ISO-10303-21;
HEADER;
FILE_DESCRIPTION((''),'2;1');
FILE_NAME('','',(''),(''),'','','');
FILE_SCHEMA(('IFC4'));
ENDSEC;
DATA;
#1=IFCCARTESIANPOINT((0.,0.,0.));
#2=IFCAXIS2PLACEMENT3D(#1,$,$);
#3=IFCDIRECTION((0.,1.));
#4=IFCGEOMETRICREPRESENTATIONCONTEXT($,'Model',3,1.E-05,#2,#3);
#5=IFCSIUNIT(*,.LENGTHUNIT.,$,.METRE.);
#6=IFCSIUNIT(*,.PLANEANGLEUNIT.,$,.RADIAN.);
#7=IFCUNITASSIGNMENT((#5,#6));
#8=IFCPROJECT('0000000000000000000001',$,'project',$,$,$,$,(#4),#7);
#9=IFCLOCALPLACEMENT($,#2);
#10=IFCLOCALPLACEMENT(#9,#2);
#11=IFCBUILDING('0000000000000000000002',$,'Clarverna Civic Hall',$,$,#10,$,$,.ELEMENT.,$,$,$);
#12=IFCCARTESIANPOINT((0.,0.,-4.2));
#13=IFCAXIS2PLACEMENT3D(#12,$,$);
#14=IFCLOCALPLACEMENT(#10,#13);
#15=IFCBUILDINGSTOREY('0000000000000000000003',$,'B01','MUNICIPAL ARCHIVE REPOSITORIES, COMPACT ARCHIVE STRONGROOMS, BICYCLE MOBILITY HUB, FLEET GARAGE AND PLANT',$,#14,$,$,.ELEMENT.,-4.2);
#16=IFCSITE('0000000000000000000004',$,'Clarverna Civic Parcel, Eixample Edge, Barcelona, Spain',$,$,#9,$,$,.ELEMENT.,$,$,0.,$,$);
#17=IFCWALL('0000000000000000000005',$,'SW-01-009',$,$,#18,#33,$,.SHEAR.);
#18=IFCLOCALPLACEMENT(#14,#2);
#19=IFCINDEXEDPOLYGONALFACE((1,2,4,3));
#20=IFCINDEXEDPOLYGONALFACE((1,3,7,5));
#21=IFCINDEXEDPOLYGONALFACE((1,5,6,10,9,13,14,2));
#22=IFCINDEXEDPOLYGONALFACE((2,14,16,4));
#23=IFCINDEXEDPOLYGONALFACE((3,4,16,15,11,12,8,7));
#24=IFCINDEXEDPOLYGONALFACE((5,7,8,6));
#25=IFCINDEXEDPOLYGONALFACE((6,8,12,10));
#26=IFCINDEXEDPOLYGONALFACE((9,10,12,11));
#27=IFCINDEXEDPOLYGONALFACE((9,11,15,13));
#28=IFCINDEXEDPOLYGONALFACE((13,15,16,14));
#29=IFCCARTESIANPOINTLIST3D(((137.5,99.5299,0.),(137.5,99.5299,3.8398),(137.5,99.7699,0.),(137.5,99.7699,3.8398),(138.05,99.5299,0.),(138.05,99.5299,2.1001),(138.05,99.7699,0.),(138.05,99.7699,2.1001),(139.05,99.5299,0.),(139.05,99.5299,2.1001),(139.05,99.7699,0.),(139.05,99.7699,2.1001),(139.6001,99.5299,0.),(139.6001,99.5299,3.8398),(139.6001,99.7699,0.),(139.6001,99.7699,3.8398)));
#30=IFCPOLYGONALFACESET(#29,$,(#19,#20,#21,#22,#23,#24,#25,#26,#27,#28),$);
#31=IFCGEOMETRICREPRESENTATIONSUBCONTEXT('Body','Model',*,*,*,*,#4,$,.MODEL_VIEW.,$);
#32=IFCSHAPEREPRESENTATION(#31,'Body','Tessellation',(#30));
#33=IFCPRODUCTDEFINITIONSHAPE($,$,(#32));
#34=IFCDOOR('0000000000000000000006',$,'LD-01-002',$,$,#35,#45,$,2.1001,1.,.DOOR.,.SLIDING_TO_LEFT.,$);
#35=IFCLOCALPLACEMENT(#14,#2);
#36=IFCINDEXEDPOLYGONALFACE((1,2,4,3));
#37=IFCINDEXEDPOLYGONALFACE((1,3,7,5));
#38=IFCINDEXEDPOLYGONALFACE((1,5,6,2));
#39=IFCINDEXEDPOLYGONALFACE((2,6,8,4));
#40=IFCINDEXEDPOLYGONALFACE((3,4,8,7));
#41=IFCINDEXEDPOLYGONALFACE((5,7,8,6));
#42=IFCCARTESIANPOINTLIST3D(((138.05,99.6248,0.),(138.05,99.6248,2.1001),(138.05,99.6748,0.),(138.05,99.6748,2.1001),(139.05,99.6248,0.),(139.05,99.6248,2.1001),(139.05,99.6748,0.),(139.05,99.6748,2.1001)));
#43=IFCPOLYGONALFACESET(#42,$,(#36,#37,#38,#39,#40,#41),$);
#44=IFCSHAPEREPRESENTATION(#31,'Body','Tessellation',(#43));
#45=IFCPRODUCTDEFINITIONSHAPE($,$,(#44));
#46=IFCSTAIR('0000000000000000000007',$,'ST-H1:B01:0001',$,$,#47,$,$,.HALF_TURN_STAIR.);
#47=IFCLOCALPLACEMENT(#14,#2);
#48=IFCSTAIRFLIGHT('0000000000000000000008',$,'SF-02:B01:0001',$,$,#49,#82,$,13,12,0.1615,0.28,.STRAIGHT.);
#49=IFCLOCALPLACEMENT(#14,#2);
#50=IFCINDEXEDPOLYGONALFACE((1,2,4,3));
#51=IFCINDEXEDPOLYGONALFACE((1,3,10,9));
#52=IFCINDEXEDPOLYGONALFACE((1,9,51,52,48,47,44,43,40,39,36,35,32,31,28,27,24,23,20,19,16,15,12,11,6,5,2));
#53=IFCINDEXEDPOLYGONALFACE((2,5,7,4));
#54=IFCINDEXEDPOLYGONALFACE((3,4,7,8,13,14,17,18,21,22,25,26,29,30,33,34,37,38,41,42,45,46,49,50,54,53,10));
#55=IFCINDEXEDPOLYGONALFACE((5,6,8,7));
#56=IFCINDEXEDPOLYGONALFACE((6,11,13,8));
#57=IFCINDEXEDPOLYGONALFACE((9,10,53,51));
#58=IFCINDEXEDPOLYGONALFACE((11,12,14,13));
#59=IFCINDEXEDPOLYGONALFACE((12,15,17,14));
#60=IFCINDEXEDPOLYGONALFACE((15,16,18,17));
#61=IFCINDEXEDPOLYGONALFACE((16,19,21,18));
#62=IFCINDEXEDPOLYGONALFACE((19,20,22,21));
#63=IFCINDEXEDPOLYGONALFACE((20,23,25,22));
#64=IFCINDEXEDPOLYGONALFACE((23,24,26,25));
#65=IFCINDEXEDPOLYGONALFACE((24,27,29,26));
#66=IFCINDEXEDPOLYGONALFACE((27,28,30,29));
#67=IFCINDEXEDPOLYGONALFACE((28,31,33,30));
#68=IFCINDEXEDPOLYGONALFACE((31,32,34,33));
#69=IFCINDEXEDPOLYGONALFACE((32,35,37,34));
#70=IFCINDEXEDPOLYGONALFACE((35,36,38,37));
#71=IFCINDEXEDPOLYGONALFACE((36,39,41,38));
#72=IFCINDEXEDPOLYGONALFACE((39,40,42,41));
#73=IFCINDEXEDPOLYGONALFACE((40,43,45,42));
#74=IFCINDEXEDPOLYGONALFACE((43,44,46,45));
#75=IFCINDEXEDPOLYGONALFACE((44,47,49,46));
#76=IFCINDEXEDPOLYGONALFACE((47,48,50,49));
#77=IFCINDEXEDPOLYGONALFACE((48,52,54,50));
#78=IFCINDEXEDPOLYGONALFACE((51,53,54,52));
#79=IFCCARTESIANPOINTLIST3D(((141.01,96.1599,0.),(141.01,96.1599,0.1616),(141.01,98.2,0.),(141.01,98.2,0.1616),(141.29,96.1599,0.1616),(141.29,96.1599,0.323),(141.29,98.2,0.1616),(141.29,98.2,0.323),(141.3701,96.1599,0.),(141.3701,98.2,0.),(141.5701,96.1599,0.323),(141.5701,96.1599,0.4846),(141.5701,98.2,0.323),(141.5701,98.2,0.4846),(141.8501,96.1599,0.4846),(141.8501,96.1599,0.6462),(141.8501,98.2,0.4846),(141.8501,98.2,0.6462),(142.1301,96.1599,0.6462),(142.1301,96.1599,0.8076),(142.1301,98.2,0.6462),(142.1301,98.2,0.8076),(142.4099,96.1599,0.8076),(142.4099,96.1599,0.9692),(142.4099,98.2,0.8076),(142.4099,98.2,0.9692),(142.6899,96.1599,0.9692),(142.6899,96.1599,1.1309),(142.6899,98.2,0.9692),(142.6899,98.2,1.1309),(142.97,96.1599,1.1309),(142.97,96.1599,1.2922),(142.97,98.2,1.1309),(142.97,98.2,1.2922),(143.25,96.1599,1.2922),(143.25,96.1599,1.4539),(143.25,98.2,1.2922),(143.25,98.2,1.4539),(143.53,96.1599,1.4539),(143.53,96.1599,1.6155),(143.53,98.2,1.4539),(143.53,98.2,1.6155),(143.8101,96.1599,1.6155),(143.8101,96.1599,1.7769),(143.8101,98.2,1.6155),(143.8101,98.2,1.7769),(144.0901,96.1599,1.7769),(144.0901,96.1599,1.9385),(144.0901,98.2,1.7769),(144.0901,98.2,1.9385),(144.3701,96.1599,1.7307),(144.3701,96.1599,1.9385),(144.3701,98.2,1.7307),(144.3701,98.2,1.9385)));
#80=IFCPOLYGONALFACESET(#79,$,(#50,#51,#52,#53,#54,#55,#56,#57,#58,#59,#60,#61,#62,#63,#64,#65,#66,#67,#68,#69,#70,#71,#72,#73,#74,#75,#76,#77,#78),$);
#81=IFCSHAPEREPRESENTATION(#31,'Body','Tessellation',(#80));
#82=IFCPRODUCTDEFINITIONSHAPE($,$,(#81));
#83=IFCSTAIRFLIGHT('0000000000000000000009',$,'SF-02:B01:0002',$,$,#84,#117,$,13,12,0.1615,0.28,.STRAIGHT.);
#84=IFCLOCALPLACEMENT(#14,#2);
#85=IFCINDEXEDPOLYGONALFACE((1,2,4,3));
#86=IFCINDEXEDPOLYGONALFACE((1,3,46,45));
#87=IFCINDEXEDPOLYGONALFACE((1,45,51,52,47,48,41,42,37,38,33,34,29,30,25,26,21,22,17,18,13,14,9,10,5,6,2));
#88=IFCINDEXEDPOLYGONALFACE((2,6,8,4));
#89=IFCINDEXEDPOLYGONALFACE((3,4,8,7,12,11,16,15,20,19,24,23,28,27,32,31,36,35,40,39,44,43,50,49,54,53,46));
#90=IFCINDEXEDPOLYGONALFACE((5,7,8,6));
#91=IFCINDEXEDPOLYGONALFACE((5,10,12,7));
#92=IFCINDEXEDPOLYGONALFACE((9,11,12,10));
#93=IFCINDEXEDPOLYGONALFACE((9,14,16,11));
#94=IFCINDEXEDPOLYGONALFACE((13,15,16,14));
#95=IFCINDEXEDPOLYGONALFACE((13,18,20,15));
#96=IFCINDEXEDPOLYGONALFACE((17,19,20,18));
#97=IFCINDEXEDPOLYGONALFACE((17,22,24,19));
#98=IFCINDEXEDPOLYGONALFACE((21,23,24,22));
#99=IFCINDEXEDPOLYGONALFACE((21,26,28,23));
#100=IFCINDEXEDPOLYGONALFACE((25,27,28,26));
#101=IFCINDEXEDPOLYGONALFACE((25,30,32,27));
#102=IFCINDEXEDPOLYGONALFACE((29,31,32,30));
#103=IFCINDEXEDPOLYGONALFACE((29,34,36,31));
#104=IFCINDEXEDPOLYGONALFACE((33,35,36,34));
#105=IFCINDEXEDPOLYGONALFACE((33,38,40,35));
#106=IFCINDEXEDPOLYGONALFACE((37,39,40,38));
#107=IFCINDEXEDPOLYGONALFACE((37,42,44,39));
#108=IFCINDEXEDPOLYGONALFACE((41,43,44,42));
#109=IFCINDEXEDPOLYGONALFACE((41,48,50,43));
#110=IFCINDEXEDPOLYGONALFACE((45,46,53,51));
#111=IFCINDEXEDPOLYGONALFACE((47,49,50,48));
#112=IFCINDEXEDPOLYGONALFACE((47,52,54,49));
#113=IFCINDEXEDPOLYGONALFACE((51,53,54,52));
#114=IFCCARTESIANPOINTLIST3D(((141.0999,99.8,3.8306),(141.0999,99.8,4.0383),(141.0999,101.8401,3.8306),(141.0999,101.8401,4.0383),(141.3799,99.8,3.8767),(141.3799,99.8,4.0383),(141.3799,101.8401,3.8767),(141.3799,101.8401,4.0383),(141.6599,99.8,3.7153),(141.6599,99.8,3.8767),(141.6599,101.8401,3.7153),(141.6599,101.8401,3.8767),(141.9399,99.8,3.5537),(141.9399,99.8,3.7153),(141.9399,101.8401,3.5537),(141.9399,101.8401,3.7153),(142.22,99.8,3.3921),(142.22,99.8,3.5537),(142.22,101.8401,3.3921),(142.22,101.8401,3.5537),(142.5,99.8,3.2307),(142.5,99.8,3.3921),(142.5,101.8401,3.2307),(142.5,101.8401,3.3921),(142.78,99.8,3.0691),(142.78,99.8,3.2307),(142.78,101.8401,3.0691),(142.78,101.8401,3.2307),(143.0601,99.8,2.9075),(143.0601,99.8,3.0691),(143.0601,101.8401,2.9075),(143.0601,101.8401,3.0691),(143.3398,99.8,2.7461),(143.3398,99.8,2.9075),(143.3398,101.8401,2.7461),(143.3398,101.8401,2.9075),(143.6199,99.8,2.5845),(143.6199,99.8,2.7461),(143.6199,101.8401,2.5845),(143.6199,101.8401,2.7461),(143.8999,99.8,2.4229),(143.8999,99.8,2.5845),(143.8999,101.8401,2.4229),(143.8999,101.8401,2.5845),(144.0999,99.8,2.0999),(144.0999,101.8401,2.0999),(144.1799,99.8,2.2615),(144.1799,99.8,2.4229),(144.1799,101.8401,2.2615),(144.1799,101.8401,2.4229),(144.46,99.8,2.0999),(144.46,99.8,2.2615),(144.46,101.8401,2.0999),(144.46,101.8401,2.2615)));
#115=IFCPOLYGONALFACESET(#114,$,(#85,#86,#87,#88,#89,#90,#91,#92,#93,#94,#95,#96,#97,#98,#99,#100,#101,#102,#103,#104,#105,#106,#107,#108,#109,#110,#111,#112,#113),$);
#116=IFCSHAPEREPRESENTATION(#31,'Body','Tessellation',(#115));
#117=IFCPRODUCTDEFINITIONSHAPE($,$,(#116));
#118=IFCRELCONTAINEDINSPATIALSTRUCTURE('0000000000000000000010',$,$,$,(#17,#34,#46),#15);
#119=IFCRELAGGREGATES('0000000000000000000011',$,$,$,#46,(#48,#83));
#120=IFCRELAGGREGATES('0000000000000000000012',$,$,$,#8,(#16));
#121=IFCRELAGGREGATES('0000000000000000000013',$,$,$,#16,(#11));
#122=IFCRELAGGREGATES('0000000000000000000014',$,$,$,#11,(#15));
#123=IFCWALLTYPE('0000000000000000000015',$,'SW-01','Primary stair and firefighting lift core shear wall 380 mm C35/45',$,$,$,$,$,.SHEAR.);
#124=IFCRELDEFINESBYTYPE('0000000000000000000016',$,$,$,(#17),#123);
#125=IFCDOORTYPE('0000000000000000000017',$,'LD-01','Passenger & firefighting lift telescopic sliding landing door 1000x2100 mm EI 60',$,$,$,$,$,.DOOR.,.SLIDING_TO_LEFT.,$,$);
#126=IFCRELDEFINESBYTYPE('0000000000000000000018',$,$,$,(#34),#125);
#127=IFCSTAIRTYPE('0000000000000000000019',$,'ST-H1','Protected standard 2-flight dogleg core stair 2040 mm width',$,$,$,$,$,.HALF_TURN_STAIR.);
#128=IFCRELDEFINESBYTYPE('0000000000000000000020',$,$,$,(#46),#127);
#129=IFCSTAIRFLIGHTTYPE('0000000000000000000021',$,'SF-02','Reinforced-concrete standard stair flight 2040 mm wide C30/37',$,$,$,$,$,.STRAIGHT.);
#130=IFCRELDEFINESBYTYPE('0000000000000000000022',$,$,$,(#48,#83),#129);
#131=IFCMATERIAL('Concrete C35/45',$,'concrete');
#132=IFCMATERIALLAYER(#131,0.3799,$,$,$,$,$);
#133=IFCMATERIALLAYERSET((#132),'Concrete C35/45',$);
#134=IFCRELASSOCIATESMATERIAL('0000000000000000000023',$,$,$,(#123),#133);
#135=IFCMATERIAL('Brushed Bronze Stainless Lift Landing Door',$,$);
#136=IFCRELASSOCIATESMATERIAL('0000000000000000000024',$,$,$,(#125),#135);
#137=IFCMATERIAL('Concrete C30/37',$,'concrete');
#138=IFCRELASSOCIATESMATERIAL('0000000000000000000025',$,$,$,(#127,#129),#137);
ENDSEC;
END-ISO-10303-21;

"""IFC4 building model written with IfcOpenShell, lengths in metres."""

from ifc_helpers import new_model, si_unit, direction, frame, frame_2d, origin, place, context, subcontext, project, spatial, polyline, rectangle, outline, extrude, material, layer, layer_set, type_object, element, fill, aggregate, save


model = new_model("IFC4")

# Units and contexts
model_context = context("Model", 3, precision=1e-05, world=origin(), true_north=direction((0.0, 1.0)))
body_context = subcontext(model_context, "Body", "Model", "MODEL_VIEW")
ifc_project = project(units=[si_unit("LENGTHUNIT", "METRE"), si_unit("PLANEANGLEUNIT", "RADIAN")], contexts=[model_context])

# Site, building, storey
site_placement = place(None, origin())
site = spatial("IfcSite", under=ifc_project, at=site_placement, Name="Clarverna Civic Parcel, Eixample Edge, Barcelona, Spain", CompositionType="ELEMENT", RefElevation=0.0)
building_placement = place(site_placement, origin())
building = spatial("IfcBuilding", under=site, at=building_placement, Name="Clarverna Civic Hall", CompositionType="ELEMENT")
storey_placement = place(building_placement, frame((0.0, 0.0, -4.2)))
storey = spatial("IfcBuildingStorey", under=building, at=storey_placement, Name="B01", Description="MUNICIPAL ARCHIVE REPOSITORIES, COMPACT ARCHIVE STRONGROOMS, BICYCLE MOBILITY HUB, FLEET GARAGE AND PLANT", CompositionType="ELEMENT", Elevation=-4.2)

# Shared definitions
ifc_material_1 = material(Name="Concrete C30/37", Category="concrete")

# Shared definitions
ifc_material_2 = material(Name="Concrete C35/45", Category="concrete")

# Shared definitions
ifc_layer = layer(ifc_material_2, 0.3799)
ifc_layer_set = layer_set([ifc_layer], Name="Concrete C35/45")
wall_type = type_object("IfcWallType", Name="SW-01", Description="Primary stair and firefighting lift core shear wall 380 mm C35/45", PredefinedType="SHEAR", material=ifc_layer_set)

# Wall, opening, door
wall_1_placement = place(storey_placement, frame((137.5, 99.6499, 0.0), z_axis=(0.0, 0.0, 1.0), x_axis=(1.0, 0.0, 0.0)))
wall_1 = element("IfcWall", 1, at=wall_1_placement, inside=storey, type_object=wall_type, Name="SW-01-009", PredefinedType="SHEAR", context=body_context, shape_type="SweptSolid", body=[
    extrude(rectangle(XDim=2.1001, YDim=0.24, at=frame_2d((1.05, 0.0))), origin(), (0.0, 0.0, 1.0), 3.8398),
])
opening_1_placement = place(wall_1_placement, frame((0.55, 0.0, 0.0)))
opening_1 = element("IfcOpeningElement", 2, at=opening_1_placement, cuts=wall_1, PredefinedType="OPENING", context=body_context, shape_type="SweptSolid", body=[
    extrude(rectangle(XDim=1.0, YDim=2.1001, at=frame_2d((0.5, 1.05))), frame((0.0, 0.1299, 0.0), z_axis=(0.0, -1.0, 0.0), x_axis=(1.0, 0.0, 0.0)), (0.0, 0.0, 1.0), 0.26),
])
ifc_material_3 = material(Name="Brushed Bronze Stainless Lift Landing Door")
door_type_1 = type_object("IfcDoorType", Name="LD-01", Description="Passenger & firefighting lift telescopic sliding landing door 1000x2100 mm EI 60", OperationType="SLIDING_TO_LEFT", PredefinedType="DOOR", material=ifc_material_3)
door_1_placement = place(opening_1_placement, origin())
door_1 = element("IfcDoor", 3, at=door_1_placement, inside=storey, type_object=door_type_1, Name="LD-01-002", OperationType="SLIDING_TO_LEFT", OverallHeight=2.1001, OverallWidth=1.0, PredefinedType="DOOR", context=body_context, shape_type="SweptSolid", body=[
    extrude(rectangle(XDim=1.0, YDim=2.1001, at=frame_2d((0.5, 1.05))), frame((0.0, 0.0249, 0.0), z_axis=(0.0, -1.0, 0.0), x_axis=(1.0, 0.0, 0.0)), (0.0, 0.0, 1.0), 0.05),
])
fill(opening_1, door_1)

# Stair, stair flights
stair_type = type_object("IfcStairType", Name="ST-H1", Description="Protected standard 2-flight dogleg core stair 2040 mm width", PredefinedType="HALF_TURN_STAIR", material=ifc_material_1)
stair_placement = place(storey_placement, origin())
stair = element("IfcStair", 4, at=stair_placement, inside=storey, type_object=stair_type, Name="ST-H1:B01:0001", PredefinedType="HALF_TURN_STAIR")
stair_flight_type = type_object("IfcStairFlightType", Name="SF-02", Description="Reinforced-concrete standard stair flight 2040 mm wide C30/37", PredefinedType="STRAIGHT", material=ifc_material_1)
stair_flight_1_placement = place(storey_placement, frame((141.01, 97.1799, 0.0), z_axis=(0.0, 0.0, 1.0), x_axis=(1.0, 0.0, 0.0)))
stair_flight_1 = element("IfcStairFlight", 5, at=stair_flight_1_placement, type_object=stair_flight_type, Name="SF-02:B01:0001", NumberOfRisers=13, NumberOfTreads=12, PredefinedType="STRAIGHT", RiserHeight=0.1615, TreadLength=0.28, context=body_context, shape_type="SweptSolid", body=[
    extrude(outline(polyline([(0.0, 0.0), (0.0, 0.1616), (0.28, 0.1616), (0.28, 0.323), (0.5601, 0.323), (0.5601, 0.4846), (0.8401, 0.4846), (0.8401, 0.6462), (1.1201, 0.6462), (1.1201, 0.8076), (1.3999, 0.8076), (1.3999, 0.9692), (1.6799, 0.9692), (1.6799, 1.1309), (1.96, 1.1309), (1.96, 1.2922), (2.24, 1.2922), (2.24, 1.4539), (2.52, 1.4539), (2.52, 1.6155), (2.8, 1.6155), (2.8, 1.7769), (3.0801, 1.7769), (3.0801, 1.9385), (3.3601, 1.9385), (3.3601, 2.1001), (3.3601, 1.7307), (0.3601, 0.0), (0.0, 0.0)])), frame((0.0, 1.02, 0.0), z_axis=(0.0, -1.0, 0.0), x_axis=(1.0, 0.0, 0.0)), (0.0, 0.0, 1.0), 2.04),
])
stair_flight_2_placement = place(storey_placement, frame((144.46, 100.8201, 2.0999), z_axis=(0.0, 0.0, 1.0), x_axis=(-1.0, 0.0, 0.0)))
stair_flight_2 = element("IfcStairFlight", 6, at=stair_flight_2_placement, type_object=stair_flight_type, Name="SF-02:B01:0002", NumberOfRisers=13, NumberOfTreads=12, PredefinedType="STRAIGHT", RiserHeight=0.1615, TreadLength=0.28, context=body_context, shape_type="SweptSolid", body=[
    extrude(outline(polyline([(0.0, 0.0), (0.0, 0.1616), (0.28, 0.1616), (0.28, 0.323), (0.5601, 0.323), (0.5601, 0.4846), (0.8401, 0.4846), (0.8401, 0.6462), (1.1201, 0.6462), (1.1201, 0.8076), (1.3999, 0.8076), (1.3999, 0.9692), (1.6799, 0.9692), (1.6799, 1.1309), (1.96, 1.1309), (1.96, 1.2922), (2.24, 1.2922), (2.24, 1.4539), (2.52, 1.4539), (2.52, 1.6155), (2.8, 1.6155), (2.8, 1.7769), (3.0801, 1.7769), (3.0801, 1.9385), (3.3601, 1.9385), (3.3601, 2.1001), (3.3601, 1.7307), (0.3601, 0.0), (0.0, 0.0)])), frame((0.0, 1.02, 0.0), z_axis=(0.0, -1.0, 0.0), x_axis=(1.0, 0.0, 0.0)), (0.0, 0.0, 1.0), 2.04),
])
aggregate(stair, [stair_flight_1, stair_flight_2])

save(model, "model.ifc")
